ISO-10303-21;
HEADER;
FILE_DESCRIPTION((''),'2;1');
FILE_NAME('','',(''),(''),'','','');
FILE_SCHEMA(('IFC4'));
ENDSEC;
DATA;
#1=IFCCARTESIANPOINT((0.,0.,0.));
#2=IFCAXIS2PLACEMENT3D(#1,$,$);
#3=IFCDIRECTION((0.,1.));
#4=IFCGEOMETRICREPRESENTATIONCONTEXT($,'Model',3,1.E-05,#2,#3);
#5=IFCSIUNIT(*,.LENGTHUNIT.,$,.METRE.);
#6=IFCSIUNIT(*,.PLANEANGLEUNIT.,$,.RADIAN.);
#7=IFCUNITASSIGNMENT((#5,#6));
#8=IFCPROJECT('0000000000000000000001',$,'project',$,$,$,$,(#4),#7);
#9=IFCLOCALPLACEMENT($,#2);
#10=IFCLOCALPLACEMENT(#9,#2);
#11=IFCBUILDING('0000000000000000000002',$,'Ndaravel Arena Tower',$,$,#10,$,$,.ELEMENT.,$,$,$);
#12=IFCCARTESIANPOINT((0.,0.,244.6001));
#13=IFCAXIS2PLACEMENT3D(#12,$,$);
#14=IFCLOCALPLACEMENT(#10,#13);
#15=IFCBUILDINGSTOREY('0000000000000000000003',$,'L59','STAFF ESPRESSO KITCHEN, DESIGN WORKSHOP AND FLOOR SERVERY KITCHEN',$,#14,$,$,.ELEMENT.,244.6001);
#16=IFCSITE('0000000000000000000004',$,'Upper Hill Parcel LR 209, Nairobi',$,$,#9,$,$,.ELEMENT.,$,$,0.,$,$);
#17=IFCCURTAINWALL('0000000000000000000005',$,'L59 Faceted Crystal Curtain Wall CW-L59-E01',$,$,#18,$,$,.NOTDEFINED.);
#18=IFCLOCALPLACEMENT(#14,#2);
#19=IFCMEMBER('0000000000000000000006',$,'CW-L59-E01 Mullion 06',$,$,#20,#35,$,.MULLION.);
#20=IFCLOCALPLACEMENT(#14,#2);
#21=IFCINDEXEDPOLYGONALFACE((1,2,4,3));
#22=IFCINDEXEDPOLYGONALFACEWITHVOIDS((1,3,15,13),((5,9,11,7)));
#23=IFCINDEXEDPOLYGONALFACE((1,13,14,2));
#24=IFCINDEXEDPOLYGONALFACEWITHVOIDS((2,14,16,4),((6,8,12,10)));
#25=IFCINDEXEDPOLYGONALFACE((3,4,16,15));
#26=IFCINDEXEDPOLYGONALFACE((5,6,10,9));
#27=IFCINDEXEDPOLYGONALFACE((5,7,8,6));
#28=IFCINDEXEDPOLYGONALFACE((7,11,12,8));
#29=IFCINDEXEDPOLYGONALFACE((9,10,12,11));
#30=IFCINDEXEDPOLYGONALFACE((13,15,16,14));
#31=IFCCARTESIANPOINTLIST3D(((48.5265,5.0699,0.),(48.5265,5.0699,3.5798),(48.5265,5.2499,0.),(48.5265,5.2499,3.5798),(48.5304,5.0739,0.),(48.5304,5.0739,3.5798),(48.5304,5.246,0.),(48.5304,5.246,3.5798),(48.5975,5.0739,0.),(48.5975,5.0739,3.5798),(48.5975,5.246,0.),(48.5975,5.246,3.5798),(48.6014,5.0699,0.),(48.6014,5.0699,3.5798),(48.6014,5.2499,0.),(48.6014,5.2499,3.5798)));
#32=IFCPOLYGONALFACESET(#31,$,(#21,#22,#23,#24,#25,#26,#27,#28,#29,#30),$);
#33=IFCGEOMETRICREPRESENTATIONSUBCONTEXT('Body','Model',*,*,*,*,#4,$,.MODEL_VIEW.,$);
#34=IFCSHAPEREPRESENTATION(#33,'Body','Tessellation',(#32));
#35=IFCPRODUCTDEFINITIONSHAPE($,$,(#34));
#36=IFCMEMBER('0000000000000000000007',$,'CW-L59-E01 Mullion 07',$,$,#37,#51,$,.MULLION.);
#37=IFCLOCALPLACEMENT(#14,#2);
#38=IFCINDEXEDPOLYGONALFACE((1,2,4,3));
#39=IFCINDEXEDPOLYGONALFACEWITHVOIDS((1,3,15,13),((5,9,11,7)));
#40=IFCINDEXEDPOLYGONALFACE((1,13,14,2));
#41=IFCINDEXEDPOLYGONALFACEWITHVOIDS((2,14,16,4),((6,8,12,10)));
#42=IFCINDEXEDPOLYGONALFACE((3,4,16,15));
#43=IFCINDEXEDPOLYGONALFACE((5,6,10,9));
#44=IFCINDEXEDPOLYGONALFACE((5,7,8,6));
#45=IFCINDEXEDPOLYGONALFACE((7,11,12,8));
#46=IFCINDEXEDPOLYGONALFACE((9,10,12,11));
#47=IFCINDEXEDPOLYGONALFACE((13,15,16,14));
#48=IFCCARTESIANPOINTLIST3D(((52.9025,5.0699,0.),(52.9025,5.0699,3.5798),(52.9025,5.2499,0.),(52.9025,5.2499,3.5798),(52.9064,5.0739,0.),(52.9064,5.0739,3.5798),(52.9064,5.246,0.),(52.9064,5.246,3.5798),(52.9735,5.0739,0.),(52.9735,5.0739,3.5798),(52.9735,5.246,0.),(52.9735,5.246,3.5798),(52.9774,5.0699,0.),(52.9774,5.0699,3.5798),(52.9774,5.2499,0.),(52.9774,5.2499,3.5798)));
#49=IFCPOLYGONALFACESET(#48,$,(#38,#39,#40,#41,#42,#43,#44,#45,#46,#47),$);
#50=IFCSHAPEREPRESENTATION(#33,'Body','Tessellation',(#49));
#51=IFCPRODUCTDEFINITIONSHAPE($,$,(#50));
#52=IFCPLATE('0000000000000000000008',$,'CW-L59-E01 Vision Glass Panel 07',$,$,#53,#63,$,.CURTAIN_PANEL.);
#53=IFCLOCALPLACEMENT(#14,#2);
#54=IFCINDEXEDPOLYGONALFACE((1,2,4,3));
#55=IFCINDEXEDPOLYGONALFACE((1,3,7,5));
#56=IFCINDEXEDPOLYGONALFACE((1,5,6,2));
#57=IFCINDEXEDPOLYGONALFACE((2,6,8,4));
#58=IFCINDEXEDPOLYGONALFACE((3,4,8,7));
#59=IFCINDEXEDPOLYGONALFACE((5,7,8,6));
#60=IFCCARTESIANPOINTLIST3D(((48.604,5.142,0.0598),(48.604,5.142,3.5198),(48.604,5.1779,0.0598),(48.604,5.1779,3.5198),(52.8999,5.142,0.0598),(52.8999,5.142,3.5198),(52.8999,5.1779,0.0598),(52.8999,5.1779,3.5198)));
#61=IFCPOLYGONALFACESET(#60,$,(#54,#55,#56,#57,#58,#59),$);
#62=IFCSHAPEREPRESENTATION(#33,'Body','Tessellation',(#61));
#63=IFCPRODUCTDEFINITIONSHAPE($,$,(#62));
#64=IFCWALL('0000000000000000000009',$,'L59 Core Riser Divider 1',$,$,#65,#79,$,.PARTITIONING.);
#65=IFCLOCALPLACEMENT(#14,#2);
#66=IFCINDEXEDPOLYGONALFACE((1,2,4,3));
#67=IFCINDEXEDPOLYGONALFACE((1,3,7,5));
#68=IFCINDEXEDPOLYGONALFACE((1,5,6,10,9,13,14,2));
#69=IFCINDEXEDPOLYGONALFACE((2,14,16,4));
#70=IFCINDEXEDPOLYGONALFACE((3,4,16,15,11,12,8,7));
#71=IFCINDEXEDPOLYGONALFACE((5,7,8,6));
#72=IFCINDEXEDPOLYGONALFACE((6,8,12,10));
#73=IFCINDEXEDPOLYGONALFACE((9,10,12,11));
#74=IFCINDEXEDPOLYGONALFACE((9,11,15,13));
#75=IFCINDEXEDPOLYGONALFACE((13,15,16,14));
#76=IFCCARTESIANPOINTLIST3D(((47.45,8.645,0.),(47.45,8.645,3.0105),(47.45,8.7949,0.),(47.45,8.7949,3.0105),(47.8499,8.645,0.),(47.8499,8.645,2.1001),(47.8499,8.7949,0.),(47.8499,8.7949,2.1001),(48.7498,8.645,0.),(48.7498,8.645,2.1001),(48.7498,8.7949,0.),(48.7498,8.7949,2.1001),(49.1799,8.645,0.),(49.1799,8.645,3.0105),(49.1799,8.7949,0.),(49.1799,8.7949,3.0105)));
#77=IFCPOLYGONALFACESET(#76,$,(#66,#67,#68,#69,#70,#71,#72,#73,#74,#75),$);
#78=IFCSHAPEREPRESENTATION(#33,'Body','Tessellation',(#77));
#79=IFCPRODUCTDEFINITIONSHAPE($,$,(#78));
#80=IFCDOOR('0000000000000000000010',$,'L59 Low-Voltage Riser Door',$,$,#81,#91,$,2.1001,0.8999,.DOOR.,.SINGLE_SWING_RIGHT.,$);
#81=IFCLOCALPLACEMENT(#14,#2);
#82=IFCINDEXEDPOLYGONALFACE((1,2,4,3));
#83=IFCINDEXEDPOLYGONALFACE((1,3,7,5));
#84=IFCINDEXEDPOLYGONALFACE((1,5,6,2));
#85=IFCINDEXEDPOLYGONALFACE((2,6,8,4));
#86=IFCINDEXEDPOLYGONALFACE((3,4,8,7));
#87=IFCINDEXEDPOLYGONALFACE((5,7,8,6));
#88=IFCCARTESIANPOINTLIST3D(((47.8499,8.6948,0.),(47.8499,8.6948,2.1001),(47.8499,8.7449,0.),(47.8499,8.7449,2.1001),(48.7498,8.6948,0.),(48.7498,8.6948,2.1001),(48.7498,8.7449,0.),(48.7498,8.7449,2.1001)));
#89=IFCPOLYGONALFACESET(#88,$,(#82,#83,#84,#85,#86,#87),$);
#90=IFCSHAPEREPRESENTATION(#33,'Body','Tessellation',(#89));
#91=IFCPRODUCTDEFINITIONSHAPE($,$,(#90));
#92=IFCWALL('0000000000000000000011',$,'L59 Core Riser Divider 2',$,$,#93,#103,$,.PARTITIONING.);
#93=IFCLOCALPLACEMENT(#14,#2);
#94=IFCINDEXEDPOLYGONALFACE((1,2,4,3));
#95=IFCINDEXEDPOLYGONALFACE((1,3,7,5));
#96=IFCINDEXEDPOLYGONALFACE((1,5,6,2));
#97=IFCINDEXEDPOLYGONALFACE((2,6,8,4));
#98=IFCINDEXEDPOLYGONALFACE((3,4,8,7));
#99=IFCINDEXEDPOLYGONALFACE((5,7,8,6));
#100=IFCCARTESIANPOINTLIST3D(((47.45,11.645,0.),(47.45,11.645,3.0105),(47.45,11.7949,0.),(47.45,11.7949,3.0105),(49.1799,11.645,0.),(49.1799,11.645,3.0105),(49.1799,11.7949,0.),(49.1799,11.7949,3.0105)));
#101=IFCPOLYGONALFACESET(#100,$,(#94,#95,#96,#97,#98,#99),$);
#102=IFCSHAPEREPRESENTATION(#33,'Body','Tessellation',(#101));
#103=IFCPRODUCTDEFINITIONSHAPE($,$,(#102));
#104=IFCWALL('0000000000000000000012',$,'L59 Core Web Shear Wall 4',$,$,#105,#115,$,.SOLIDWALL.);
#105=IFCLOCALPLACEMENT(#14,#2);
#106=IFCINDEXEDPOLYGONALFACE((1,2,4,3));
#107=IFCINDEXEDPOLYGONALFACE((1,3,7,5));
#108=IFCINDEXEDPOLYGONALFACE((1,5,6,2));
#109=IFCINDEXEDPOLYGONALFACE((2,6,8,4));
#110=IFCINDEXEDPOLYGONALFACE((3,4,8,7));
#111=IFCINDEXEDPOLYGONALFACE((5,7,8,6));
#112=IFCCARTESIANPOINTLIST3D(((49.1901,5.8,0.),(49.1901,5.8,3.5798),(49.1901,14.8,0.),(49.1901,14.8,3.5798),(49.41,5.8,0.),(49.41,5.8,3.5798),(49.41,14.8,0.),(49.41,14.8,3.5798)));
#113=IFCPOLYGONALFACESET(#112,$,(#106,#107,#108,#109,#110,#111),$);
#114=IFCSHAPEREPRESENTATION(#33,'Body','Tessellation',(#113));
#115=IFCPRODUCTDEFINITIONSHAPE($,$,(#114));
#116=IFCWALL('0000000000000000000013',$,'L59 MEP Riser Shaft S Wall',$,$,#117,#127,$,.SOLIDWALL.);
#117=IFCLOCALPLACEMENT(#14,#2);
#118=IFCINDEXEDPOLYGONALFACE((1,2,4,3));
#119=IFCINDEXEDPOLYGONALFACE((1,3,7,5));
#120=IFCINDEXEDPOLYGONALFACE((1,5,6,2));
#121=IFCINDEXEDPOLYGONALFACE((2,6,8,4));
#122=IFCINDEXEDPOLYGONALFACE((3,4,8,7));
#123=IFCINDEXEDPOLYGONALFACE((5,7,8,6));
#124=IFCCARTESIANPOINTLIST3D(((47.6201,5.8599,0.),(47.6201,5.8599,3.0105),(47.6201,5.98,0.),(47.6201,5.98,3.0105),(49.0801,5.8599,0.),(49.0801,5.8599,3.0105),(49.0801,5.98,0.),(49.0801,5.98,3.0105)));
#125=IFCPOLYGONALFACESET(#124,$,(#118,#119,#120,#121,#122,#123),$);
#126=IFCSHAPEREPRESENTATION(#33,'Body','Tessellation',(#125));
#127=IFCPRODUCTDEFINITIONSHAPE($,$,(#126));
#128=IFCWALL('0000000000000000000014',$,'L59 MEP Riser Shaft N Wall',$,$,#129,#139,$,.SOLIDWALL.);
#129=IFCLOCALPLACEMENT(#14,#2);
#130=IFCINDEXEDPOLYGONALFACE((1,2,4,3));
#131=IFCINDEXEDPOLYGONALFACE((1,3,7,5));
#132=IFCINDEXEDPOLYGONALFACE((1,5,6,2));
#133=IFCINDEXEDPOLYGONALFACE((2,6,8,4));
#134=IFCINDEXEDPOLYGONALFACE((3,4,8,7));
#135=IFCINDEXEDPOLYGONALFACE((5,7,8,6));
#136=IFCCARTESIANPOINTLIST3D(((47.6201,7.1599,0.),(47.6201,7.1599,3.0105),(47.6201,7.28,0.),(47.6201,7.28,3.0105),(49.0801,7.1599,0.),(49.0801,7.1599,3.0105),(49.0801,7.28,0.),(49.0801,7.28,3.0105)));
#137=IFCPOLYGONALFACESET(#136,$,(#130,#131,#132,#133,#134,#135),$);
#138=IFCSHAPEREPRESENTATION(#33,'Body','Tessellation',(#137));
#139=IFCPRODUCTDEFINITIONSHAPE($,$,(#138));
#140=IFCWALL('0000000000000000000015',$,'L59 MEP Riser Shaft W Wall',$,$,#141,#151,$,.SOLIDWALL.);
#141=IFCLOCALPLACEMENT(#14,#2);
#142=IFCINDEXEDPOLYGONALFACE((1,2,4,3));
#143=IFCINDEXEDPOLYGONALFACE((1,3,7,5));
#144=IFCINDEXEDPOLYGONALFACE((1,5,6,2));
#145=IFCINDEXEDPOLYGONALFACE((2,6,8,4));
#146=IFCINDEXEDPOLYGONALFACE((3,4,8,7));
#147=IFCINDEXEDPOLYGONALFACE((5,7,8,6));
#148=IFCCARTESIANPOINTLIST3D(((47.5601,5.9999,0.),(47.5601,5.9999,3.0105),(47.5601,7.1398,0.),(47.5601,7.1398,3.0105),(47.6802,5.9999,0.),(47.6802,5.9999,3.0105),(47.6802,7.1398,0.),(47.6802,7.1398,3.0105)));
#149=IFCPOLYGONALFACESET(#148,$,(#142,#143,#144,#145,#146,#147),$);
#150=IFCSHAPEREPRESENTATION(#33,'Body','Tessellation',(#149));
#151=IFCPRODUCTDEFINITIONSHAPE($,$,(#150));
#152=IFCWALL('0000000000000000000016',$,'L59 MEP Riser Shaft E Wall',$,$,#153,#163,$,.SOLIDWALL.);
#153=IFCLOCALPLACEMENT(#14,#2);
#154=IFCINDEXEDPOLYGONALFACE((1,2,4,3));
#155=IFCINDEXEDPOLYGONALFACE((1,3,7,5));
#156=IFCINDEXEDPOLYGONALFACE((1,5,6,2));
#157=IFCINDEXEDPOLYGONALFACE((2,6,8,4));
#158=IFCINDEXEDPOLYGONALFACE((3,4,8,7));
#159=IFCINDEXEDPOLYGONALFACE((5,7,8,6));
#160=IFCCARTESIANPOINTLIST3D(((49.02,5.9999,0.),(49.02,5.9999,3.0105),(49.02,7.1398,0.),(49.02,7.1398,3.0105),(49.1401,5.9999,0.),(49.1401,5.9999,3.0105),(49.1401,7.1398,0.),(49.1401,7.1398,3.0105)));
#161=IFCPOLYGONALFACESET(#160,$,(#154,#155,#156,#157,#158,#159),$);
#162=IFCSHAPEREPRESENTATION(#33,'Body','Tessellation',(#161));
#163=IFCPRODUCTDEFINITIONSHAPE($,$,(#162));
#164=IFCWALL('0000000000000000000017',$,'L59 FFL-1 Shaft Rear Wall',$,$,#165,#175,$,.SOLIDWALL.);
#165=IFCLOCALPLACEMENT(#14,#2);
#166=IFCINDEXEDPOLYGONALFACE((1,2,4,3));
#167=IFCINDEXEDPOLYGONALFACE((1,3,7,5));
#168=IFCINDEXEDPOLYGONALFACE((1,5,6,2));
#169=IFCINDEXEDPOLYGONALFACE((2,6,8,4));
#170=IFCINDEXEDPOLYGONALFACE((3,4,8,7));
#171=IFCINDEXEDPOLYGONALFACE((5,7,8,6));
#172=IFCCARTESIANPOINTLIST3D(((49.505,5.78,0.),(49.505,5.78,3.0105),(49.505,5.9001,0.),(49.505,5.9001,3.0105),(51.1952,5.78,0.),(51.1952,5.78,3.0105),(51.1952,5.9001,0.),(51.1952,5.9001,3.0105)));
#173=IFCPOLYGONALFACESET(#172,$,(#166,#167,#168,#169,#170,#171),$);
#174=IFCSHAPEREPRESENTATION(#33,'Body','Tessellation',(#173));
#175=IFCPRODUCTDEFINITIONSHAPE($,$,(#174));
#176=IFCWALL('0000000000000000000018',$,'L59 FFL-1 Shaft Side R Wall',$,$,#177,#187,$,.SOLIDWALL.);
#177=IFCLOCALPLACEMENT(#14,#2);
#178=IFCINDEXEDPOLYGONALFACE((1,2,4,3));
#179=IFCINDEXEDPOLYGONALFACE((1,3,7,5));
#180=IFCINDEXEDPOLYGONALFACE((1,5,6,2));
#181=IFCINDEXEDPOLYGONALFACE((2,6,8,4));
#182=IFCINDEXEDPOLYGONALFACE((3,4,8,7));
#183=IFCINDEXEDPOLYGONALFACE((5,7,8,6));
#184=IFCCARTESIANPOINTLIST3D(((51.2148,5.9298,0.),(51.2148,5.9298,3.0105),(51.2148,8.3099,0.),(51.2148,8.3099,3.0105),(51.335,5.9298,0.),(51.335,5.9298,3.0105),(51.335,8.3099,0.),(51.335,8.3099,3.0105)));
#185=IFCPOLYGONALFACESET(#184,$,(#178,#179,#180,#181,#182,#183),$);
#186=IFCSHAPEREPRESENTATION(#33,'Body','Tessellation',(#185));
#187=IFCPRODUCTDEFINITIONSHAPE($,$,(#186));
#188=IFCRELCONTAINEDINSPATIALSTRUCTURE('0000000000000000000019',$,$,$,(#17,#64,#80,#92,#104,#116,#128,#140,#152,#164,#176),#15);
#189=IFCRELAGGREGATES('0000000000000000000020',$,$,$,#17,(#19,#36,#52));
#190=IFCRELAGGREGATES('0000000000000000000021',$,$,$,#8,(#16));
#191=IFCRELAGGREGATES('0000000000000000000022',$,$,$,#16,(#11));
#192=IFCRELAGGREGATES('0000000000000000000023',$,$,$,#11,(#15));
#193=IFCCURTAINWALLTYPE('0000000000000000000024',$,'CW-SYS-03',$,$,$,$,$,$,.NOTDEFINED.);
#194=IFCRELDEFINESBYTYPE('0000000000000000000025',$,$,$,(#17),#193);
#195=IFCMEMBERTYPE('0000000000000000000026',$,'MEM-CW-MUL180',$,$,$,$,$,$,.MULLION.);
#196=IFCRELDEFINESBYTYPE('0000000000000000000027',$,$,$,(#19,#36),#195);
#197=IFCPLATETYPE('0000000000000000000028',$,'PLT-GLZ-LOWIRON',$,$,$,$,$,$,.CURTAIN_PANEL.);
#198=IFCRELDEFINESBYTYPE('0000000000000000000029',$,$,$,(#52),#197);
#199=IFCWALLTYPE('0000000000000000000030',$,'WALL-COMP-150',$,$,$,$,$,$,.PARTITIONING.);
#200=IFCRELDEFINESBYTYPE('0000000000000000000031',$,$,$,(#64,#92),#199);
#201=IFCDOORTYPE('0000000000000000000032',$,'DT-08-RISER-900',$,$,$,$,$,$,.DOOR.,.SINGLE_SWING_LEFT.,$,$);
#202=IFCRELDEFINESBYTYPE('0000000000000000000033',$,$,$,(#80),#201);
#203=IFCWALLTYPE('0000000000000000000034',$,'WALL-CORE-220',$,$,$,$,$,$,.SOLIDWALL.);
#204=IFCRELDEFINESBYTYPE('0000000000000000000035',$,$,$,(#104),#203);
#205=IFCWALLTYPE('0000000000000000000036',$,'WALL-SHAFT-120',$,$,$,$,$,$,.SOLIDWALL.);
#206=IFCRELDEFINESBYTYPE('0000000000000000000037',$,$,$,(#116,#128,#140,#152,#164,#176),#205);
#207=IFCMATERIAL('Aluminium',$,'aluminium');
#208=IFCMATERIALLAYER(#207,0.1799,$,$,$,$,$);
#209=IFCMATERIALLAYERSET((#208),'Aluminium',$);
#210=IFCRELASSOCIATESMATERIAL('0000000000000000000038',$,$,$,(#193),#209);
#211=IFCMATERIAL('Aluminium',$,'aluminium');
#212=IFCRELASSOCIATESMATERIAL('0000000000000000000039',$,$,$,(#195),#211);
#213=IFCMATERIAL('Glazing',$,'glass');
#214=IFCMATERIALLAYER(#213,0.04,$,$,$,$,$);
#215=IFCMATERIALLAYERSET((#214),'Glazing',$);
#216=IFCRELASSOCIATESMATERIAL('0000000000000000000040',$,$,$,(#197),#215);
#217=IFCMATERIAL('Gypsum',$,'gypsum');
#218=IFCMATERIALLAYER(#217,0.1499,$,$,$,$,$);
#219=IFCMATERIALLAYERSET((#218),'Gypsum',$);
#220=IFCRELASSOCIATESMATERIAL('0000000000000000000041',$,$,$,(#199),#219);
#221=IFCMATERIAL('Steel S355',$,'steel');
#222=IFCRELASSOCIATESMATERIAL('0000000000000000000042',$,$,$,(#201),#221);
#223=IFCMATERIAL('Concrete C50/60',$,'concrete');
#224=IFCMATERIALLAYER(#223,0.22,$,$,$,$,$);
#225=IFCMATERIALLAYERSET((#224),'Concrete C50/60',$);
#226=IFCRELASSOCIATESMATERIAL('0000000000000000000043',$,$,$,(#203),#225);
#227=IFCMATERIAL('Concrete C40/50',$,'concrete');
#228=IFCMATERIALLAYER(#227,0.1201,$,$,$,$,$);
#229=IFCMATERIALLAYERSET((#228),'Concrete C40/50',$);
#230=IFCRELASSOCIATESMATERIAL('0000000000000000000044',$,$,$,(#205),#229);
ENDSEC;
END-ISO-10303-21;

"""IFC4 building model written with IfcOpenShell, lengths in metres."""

from ifc_helpers import new_model, si_unit, direction, frame, frame_2d, origin, origin_2d, place, context, subcontext, project, spatial, rectangle, hollow_rectangle, extrude, material, layer, layer_set, material_profile, profile_set, type_object, element, fill, aggregate, save


model = new_model("IFC4")

# Units and contexts
model_context = context("Model", 3, precision=1e-05, world=origin(), true_north=direction((0.0, 1.0)))
body_context = subcontext(model_context, "Body", "Model", "MODEL_VIEW")
ifc_project = project(units=[si_unit("LENGTHUNIT", "METRE"), si_unit("PLANEANGLEUNIT", "RADIAN")], contexts=[model_context])

# Site, building, storey
site_placement = place(None, origin())
site = spatial("IfcSite", under=ifc_project, at=site_placement, Name="Upper Hill Parcel LR 209, Nairobi", CompositionType="ELEMENT", RefElevation=0.0)
building_placement = place(site_placement, origin())
building = spatial("IfcBuilding", under=site, at=building_placement, Name="Ndaravel Arena Tower", CompositionType="ELEMENT")
storey_placement = place(building_placement, frame((0.0, 0.0, 244.6001)))
storey = spatial("IfcBuildingStorey", under=building, at=storey_placement, Name="L59", Description="STAFF ESPRESSO KITCHEN, DESIGN WORKSHOP AND FLOOR SERVERY KITCHEN", CompositionType="ELEMENT", Elevation=244.6001)

# Curtain wall, members, plate
ifc_material_1 = material(Name="Aluminium", Category="aluminium")
ifc_layer_1 = layer(ifc_material_1, 0.1799)
ifc_layer_set_1 = layer_set([ifc_layer_1], Name="Aluminium")
curtain_wall_type = type_object("IfcCurtainWallType", Name="CW-SYS-03", PredefinedType="NOTDEFINED", material=ifc_layer_set_1)
curtain_wall_placement = place(storey_placement, origin())
curtain_wall = element("IfcCurtainWall", 1, at=curtain_wall_placement, inside=storey, type_object=curtain_wall_type, Name="L59 Faceted Crystal Curtain Wall CW-L59-E01", PredefinedType="NOTDEFINED")
ifc_material_2 = material(Name="Aluminium", Category="aluminium")
ifc_material_profile = material_profile(ifc_material_2, hollow_rectangle(XDim=0.075, YDim=0.1799, WallThickness=0.0039, at=origin_2d()), Name="CW MULLION 75x180x4")
ifc_profile_set = profile_set([ifc_material_profile], Name="Aluminium")
member_type = type_object("IfcMemberType", Name="MEM-CW-MUL180", PredefinedType="MULLION", material=ifc_profile_set)
member_1_placement = place(storey_placement, frame((48.564, 5.1599, 0.0), z_axis=(0.0, 0.0, 1.0), x_axis=(1.0, 0.0, 0.0)))
member_1 = element("IfcMember", 2, at=member_1_placement, type_object=member_type, Name="CW-L59-E01 Mullion 06", PredefinedType="MULLION", context=body_context, shape_type="SweptSolid", body=[
    extrude(hollow_rectangle(XDim=0.075, YDim=0.1799, WallThickness=0.0039, at=origin_2d()), origin(), (0.0, 0.0, 1.0), 3.5798),
])
member_2_placement = place(storey_placement, frame((52.9399, 5.1599, 0.0), z_axis=(0.0, 0.0, 1.0), x_axis=(1.0, 0.0, 0.0)))
member_2 = element("IfcMember", 3, at=member_2_placement, type_object=member_type, Name="CW-L59-E01 Mullion 07", PredefinedType="MULLION", context=body_context, shape_type="SweptSolid", body=[
    extrude(hollow_rectangle(XDim=0.075, YDim=0.1799, WallThickness=0.0039, at=origin_2d()), origin(), (0.0, 0.0, 1.0), 3.5798),
])
ifc_material_3 = material(Name="Glazing", Category="glass")
ifc_layer_2 = layer(ifc_material_3, 0.04)
ifc_layer_set_2 = layer_set([ifc_layer_2], Name="Glazing")
plate_type = type_object("IfcPlateType", Name="PLT-GLZ-LOWIRON", PredefinedType="CURTAIN_PANEL", material=ifc_layer_set_2)
plate_placement = place(storey_placement, frame((50.752, 5.1599, 0.0598), z_axis=(0.0, 0.0, 1.0), x_axis=(1.0, 0.0, 0.0)))
plate = element("IfcPlate", 4, at=plate_placement, type_object=plate_type, Name="CW-L59-E01 Vision Glass Panel 07", PredefinedType="CURTAIN_PANEL", context=body_context, shape_type="SweptSolid", body=[
    extrude(rectangle(XDim=4.2959, YDim=0.0359, at=origin_2d()), origin(), (0.0, 0.0, 1.0), 3.46),
])
aggregate(curtain_wall, [member_1, member_2, plate])

# Wall, opening, door
ifc_material_4 = material(Name="Gypsum", Category="gypsum")
ifc_layer_3 = layer(ifc_material_4, 0.1499)
ifc_layer_set_3 = layer_set([ifc_layer_3], Name="Gypsum")
wall_type_1 = type_object("IfcWallType", Name="WALL-COMP-150", PredefinedType="PARTITIONING", material=ifc_layer_set_3)
wall_1_placement = place(storey_placement, frame((47.45, 8.72, 0.0), z_axis=(0.0, 0.0, 1.0), x_axis=(1.0, 0.0, 0.0)))
wall_1 = element("IfcWall", 5, at=wall_1_placement, inside=storey, type_object=wall_type_1, Name="L59 Core Riser Divider 1", PredefinedType="PARTITIONING", context=body_context, shape_type="SweptSolid", body=[
    extrude(rectangle(XDim=1.73, YDim=0.1499, at=frame_2d((0.865, 0.0))), origin(), (0.0, 0.0, 1.0), 3.0105),
])
opening_1_placement = place(wall_1_placement, frame((0.3999, 0.0, 0.0)))
opening_1 = element("IfcOpeningElement", 6, at=opening_1_placement, cuts=wall_1, PredefinedType="OPENING", context=body_context, shape_type="SweptSolid", body=[
    extrude(rectangle(XDim=0.8999, YDim=2.1001, at=frame_2d((0.45, 1.05))), frame((0.0, 0.075, 0.0), z_axis=(0.0, -1.0, 0.0), x_axis=(1.0, 0.0, 0.0)), (0.0, 0.0, 1.0), 0.1499),
])
ifc_material_5 = material(Name="Steel S355", Category="steel")
door_type_1 = type_object("IfcDoorType", Name="DT-08-RISER-900", OperationType="SINGLE_SWING_LEFT", PredefinedType="DOOR", material=ifc_material_5)
door_1_placement = place(opening_1_placement, origin())
door_1 = element("IfcDoor", 7, at=door_1_placement, inside=storey, type_object=door_type_1, Name="L59 Low-Voltage Riser Door", OperationType="SINGLE_SWING_RIGHT", OverallHeight=2.1001, OverallWidth=0.8999, PredefinedType="DOOR", context=body_context, shape_type="SweptSolid", body=[
    extrude(rectangle(XDim=0.8999, YDim=2.1001, at=frame_2d((0.45, 1.05))), frame((0.0, 0.0249, 0.0), z_axis=(0.0, -1.0, 0.0), x_axis=(1.0, 0.0, 0.0)), (0.0, 0.0, 1.0), 0.05),
])
fill(opening_1, door_1)

# Walls
wall_2_placement = place(storey_placement, frame((47.45, 11.72, 0.0), z_axis=(0.0, 0.0, 1.0), x_axis=(1.0, 0.0, 0.0)))
element("IfcWall", 8, at=wall_2_placement, inside=storey, type_object=wall_type_1, Name="L59 Core Riser Divider 2", PredefinedType="PARTITIONING", context=body_context, shape_type="SweptSolid", body=[
    extrude(rectangle(XDim=1.73, YDim=0.1499, at=frame_2d((0.865, 0.0))), origin(), (0.0, 0.0, 1.0), 3.0105),
])
ifc_material_6 = material(Name="Concrete C50/60", Category="concrete")
ifc_layer_4 = layer(ifc_material_6, 0.22)
ifc_layer_set_4 = layer_set([ifc_layer_4], Name="Concrete C50/60")
wall_type_2 = type_object("IfcWallType", Name="WALL-CORE-220", PredefinedType="SOLIDWALL", material=ifc_layer_set_4)
wall_3_placement = place(storey_placement, frame((49.3, 5.8, 0.0), z_axis=(0.0, 0.0, 1.0), x_axis=(0.0, 1.0, 0.0)))
element("IfcWall", 9, at=wall_3_placement, inside=storey, type_object=wall_type_2, Name="L59 Core Web Shear Wall 4", PredefinedType="SOLIDWALL", context=body_context, shape_type="SweptSolid", body=[
    extrude(rectangle(XDim=9.0, YDim=0.22, at=frame_2d((4.5, 0.0))), origin(), (0.0, 0.0, 1.0), 3.5798),
])

# Walls
ifc_material_7 = material(Name="Concrete C40/50", Category="concrete")
ifc_layer_5 = layer(ifc_material_7, 0.1201)
ifc_layer_set_5 = layer_set([ifc_layer_5], Name="Concrete C40/50")
wall_type_3 = type_object("IfcWallType", Name="WALL-SHAFT-120", PredefinedType="SOLIDWALL", material=ifc_layer_set_5)
for number, where, z_axis, x_axis, name in (
    (10, (47.6201, 5.9199, 0.0), (0.0, 0.0, 1.0), (1.0, 0.0, 0.0), "L59 MEP Riser Shaft S Wall"),
    (11, (47.6201, 7.22, 0.0), (0.0, 0.0, 1.0), (1.0, 0.0, 0.0), "L59 MEP Riser Shaft N Wall"),
):
    element("IfcWall", number, at=place(storey_placement, frame(where, z_axis=z_axis, x_axis=x_axis)), inside=storey, type_object=wall_type_3, Name=name, PredefinedType="SOLIDWALL", context=body_context, shape_type="SweptSolid", body=[
        extrude(rectangle(XDim=1.46, YDim=0.1201, at=frame_2d((0.73, 0.0))), origin(), (0.0, 0.0, 1.0), 3.0105),
    ])
for number, where, z_axis, x_axis, name in (
    (12, (47.6201, 6.0, 0.0), (0.0, 0.0, 1.0), (0.0, 1.0, 0.0), "L59 MEP Riser Shaft W Wall"),
    (13, (49.0801, 6.0, 0.0), (0.0, 0.0, 1.0), (0.0, 1.0, 0.0), "L59 MEP Riser Shaft E Wall"),
):
    element("IfcWall", number, at=place(storey_placement, frame(where, z_axis=z_axis, x_axis=x_axis)), inside=storey, type_object=wall_type_3, Name=name, PredefinedType="SOLIDWALL", context=body_context, shape_type="SweptSolid", body=[
        extrude(rectangle(XDim=1.1399, YDim=0.1201, at=frame_2d((0.5698, 0.0))), origin(), (0.0, 0.0, 1.0), 3.0105),
    ])
wall_4_placement = place(storey_placement, frame((49.5049, 5.8401, 0.0), z_axis=(0.0, 0.0, 1.0), x_axis=(1.0, 0.0, 0.0)))
element("IfcWall", 14, at=wall_4_placement, inside=storey, type_object=wall_type_3, Name="L59 FFL-1 Shaft Rear Wall", PredefinedType="SOLIDWALL", context=body_context, shape_type="SweptSolid", body=[
    extrude(rectangle(XDim=1.6902, YDim=0.1201, at=frame_2d((0.8452, 0.0))), origin(), (0.0, 0.0, 1.0), 3.0105),
])
wall_5_placement = place(storey_placement, frame((51.2749, 5.9299, 0.0), z_axis=(0.0, 0.0, 1.0), x_axis=(0.0, 1.0, 0.0)))
element("IfcWall", 15, at=wall_5_placement, inside=storey, type_object=wall_type_3, Name="L59 FFL-1 Shaft Side R Wall", PredefinedType="SOLIDWALL", context=body_context, shape_type="SweptSolid", body=[
    extrude(rectangle(XDim=2.3801, YDim=0.1201, at=frame_2d((1.1899, 0.0))), origin(), (0.0, 0.0, 1.0), 3.0105),
])

save(model, "model.ifc")
